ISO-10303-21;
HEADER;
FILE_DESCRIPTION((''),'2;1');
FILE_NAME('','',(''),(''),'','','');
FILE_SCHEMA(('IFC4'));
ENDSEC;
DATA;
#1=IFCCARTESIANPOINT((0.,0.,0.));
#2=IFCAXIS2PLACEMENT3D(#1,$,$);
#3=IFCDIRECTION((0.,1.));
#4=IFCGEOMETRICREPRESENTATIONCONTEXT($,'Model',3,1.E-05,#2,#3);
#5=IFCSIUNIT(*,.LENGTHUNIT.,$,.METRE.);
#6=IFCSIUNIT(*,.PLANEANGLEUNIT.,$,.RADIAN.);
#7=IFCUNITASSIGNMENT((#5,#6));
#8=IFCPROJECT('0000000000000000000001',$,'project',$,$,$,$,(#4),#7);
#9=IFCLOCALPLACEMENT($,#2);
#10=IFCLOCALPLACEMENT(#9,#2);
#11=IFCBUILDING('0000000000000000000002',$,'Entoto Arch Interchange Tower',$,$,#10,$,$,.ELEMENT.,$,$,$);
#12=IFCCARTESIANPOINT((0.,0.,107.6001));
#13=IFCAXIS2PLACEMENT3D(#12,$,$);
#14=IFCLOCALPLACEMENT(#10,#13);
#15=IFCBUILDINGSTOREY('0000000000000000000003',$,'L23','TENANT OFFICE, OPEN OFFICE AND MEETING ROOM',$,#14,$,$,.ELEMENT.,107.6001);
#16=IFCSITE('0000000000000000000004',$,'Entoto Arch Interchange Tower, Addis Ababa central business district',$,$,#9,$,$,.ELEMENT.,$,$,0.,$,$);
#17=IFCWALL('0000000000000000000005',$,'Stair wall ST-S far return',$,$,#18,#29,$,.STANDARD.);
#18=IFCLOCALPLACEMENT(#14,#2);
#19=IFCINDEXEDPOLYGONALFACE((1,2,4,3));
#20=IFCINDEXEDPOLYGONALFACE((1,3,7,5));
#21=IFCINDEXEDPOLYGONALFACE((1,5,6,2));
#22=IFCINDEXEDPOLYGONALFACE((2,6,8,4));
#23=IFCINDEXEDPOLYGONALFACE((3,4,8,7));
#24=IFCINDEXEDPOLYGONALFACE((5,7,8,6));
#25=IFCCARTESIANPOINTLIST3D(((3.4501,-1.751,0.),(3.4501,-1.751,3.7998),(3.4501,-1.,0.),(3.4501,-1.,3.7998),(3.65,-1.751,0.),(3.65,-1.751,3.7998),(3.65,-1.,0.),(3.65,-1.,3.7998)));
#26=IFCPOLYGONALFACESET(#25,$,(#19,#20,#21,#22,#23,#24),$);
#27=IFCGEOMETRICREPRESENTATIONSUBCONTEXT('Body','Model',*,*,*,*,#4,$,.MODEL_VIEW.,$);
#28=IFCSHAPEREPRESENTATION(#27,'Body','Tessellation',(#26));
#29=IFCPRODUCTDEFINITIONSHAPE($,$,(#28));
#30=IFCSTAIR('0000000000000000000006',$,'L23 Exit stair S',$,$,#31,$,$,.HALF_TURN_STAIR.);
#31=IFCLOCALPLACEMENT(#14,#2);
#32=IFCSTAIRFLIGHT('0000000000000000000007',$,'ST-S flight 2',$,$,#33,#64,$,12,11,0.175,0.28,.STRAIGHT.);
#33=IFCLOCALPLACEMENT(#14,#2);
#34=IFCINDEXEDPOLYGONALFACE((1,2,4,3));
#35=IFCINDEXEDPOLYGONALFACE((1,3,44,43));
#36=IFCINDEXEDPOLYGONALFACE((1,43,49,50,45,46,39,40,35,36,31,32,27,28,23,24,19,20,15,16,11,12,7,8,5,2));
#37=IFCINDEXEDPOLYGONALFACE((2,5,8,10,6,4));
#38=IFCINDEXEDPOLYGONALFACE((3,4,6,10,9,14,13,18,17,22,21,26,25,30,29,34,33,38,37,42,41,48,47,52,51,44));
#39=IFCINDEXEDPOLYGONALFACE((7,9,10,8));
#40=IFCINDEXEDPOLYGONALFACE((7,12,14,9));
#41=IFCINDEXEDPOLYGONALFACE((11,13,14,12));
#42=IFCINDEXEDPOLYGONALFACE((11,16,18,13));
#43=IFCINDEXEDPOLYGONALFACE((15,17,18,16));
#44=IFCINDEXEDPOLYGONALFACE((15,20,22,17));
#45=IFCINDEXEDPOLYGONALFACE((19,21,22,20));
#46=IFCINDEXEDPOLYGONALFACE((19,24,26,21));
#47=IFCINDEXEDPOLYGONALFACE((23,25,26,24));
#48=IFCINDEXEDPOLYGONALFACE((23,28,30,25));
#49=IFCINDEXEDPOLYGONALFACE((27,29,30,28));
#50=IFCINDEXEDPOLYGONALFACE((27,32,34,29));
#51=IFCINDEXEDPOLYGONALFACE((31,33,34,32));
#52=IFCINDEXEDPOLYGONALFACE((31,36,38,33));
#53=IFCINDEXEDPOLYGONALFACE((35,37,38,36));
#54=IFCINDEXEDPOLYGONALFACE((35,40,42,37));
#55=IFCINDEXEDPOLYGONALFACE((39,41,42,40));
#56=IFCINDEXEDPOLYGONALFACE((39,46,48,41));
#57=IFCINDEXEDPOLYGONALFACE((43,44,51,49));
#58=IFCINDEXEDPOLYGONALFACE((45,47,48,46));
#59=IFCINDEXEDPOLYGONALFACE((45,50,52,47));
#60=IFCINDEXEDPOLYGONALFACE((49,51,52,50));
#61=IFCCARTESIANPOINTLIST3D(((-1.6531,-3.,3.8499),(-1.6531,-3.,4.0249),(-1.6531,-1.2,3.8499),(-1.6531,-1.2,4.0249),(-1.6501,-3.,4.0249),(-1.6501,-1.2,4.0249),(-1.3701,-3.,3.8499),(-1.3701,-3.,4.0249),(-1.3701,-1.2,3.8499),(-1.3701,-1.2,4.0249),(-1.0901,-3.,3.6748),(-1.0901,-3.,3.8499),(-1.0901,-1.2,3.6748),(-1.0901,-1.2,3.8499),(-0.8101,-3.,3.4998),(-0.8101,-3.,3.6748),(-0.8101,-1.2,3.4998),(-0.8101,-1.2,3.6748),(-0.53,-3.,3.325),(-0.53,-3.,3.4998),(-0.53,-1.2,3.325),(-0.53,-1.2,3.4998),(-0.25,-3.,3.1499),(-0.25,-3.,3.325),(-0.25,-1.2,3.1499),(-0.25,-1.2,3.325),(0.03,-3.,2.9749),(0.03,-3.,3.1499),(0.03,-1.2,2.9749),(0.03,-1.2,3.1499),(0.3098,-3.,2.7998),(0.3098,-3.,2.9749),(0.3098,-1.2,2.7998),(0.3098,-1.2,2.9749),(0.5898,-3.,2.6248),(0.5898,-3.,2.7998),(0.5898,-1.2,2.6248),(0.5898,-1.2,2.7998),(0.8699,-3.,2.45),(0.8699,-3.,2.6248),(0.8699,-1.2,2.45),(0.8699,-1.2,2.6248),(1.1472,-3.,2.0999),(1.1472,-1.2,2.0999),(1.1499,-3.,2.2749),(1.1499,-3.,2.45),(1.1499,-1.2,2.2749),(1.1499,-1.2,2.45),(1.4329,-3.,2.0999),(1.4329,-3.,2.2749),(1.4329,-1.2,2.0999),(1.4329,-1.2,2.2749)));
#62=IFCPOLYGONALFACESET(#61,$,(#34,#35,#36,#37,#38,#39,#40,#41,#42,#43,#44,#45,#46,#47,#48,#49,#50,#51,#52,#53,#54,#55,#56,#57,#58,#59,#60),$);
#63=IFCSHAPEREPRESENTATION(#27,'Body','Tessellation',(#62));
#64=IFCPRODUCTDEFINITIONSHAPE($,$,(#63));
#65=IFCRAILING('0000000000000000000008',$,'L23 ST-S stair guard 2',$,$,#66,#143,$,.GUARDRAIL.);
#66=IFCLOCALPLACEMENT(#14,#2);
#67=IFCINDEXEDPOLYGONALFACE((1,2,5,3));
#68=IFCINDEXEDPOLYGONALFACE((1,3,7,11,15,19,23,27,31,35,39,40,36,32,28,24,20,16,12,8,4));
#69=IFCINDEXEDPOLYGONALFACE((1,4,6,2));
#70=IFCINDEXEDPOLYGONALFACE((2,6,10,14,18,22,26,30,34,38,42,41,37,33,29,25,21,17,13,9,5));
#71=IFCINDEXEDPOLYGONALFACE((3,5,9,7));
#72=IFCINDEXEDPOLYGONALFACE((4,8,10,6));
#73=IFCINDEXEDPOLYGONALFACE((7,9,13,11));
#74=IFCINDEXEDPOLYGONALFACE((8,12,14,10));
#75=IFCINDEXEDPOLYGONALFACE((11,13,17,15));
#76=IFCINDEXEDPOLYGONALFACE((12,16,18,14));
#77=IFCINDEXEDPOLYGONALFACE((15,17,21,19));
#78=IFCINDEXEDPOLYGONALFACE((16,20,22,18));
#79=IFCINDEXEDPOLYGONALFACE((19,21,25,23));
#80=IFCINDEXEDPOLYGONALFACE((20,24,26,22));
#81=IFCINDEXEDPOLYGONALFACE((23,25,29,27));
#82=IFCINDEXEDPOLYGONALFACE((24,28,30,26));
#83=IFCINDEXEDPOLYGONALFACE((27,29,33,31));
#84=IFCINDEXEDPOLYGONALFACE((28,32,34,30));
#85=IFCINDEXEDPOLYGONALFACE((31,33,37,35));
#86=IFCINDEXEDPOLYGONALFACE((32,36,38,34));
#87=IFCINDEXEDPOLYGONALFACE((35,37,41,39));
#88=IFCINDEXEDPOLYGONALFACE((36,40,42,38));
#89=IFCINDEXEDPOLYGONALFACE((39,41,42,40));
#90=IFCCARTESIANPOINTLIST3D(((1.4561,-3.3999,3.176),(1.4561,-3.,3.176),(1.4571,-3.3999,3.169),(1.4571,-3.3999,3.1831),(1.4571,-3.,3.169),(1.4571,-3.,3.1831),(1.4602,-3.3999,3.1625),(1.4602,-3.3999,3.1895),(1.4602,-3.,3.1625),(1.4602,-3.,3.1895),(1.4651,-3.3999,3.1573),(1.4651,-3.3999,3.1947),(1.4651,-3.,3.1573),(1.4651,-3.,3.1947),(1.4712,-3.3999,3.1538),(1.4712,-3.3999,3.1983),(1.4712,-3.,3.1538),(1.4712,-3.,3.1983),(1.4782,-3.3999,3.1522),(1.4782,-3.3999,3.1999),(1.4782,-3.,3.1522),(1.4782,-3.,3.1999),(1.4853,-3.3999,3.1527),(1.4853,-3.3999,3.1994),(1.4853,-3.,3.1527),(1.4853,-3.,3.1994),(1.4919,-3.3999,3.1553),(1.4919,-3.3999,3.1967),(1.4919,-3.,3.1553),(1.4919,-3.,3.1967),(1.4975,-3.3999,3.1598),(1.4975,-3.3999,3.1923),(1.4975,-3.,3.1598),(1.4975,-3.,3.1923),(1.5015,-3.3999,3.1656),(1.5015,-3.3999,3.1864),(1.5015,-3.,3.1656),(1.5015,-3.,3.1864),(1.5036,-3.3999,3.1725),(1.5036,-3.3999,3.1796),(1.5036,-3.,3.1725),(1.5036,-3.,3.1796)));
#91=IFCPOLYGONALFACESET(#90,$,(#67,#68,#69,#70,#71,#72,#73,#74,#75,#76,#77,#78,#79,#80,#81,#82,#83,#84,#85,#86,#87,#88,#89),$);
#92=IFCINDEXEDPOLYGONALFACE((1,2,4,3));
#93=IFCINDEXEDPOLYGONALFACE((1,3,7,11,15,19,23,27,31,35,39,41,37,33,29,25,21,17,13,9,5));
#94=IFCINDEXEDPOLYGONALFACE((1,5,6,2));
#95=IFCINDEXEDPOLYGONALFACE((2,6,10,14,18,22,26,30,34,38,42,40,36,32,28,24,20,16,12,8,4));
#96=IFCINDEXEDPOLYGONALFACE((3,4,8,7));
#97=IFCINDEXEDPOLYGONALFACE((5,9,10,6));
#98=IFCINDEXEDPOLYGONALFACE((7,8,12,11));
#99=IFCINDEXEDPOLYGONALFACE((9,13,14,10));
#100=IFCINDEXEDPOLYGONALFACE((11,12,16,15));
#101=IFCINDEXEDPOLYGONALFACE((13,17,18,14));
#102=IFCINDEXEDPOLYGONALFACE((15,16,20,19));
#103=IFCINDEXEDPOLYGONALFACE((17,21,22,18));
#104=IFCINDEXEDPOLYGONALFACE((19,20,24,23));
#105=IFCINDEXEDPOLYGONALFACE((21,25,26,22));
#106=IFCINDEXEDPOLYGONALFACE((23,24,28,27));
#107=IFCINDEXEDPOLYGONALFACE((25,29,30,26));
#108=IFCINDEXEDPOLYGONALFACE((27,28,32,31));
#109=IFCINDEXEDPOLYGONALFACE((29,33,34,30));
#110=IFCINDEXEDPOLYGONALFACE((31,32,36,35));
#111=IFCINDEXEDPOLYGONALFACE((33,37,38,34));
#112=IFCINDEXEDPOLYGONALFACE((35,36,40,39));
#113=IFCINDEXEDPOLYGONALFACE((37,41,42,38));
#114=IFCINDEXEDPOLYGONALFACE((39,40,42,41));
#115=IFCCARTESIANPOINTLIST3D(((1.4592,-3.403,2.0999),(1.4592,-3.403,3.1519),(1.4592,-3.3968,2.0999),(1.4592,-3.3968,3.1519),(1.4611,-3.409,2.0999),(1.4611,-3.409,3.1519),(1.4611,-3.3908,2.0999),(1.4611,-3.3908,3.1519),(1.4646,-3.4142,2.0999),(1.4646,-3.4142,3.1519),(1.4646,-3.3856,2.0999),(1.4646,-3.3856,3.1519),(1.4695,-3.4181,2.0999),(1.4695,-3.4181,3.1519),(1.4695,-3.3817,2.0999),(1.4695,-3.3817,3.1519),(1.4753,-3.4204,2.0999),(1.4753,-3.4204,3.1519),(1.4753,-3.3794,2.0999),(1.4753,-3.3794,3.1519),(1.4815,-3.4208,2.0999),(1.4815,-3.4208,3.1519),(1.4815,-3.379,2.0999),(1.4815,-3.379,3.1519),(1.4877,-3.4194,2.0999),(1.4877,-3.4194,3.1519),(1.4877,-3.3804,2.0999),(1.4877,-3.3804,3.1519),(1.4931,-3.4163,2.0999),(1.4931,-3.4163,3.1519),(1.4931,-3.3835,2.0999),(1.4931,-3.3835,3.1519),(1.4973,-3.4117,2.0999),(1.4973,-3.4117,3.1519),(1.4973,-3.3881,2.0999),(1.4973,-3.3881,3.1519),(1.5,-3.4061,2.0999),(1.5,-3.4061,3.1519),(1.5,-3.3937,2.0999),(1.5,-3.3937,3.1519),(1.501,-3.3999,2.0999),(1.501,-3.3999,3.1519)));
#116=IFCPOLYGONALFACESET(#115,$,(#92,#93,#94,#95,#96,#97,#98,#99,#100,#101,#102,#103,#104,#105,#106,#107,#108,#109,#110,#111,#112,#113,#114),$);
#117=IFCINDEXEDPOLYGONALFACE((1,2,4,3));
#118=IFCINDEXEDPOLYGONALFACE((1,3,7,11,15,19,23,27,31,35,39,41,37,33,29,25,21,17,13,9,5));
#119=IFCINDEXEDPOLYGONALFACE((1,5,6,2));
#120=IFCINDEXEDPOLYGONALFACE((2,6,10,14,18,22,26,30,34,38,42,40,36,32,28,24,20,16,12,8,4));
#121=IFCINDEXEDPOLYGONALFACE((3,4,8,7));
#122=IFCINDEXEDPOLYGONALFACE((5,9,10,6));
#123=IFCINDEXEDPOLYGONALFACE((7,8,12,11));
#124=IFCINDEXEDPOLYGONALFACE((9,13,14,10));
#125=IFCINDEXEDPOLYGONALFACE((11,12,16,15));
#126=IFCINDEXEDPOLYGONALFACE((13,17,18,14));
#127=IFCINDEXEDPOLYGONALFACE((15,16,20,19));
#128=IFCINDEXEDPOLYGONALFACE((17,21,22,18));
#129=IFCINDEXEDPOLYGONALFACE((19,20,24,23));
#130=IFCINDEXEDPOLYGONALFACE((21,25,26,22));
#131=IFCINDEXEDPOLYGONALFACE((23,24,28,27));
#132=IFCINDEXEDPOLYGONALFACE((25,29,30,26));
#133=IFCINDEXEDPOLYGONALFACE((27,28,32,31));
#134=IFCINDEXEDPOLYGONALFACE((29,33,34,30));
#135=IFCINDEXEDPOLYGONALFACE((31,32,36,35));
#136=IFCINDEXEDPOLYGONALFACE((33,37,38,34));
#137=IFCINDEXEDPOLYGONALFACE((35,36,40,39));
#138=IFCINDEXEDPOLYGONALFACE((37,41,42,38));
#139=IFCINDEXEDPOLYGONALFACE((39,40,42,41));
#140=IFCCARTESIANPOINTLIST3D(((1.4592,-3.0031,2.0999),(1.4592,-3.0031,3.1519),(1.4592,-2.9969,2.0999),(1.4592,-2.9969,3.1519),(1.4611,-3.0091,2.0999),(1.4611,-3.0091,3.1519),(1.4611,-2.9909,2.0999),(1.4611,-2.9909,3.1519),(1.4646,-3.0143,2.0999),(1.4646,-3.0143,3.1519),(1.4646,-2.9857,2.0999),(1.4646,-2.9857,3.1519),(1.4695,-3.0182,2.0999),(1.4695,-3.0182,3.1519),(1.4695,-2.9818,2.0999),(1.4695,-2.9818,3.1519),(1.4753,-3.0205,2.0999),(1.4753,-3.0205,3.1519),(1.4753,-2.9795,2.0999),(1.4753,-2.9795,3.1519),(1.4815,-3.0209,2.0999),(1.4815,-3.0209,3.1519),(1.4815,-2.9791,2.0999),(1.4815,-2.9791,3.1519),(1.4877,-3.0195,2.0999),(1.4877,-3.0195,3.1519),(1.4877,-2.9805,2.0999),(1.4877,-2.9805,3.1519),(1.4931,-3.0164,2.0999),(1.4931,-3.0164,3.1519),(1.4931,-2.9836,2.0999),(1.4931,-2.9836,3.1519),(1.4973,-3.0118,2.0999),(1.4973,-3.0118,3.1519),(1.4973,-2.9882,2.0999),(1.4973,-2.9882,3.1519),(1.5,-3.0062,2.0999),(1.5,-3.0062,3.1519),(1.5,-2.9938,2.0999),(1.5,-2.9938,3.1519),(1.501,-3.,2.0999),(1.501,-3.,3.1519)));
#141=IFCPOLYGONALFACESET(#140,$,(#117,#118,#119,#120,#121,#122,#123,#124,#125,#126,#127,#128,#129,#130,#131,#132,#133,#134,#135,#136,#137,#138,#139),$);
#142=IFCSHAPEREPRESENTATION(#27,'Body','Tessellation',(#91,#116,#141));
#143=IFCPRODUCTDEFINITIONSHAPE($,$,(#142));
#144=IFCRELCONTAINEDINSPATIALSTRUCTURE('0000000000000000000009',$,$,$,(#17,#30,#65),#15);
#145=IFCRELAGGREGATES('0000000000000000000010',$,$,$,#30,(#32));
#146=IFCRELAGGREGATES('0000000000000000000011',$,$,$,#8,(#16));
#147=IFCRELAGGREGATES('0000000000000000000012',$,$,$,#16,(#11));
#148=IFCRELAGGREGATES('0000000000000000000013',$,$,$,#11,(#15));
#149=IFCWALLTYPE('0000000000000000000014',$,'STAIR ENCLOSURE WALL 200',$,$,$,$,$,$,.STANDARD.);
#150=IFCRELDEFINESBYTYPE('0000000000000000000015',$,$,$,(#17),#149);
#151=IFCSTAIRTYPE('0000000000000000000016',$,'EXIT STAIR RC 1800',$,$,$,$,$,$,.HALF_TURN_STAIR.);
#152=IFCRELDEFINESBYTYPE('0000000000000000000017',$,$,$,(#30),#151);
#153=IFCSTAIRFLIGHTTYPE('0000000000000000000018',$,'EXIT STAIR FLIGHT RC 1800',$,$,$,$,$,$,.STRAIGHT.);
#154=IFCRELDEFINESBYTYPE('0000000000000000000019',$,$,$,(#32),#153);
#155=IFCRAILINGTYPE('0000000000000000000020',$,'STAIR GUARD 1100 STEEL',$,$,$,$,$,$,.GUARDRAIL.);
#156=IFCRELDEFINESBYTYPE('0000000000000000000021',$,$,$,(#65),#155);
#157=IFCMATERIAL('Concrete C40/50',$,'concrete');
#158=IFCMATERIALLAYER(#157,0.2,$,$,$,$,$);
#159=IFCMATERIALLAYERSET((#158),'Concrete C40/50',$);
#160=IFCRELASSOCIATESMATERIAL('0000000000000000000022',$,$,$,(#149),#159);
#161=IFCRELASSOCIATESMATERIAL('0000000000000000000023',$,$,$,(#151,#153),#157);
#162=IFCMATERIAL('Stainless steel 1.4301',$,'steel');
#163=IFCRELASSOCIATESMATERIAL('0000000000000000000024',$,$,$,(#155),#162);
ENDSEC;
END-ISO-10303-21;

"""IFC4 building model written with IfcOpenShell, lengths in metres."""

from ifc_helpers import new_model, si_unit, direction, frame, frame_2d, origin, origin_2d, place, context, subcontext, project, spatial, polyline, rectangle, circle, outline, extrude, material, layer, layer_set, type_object, element, aggregate, save


model = new_model("IFC4")

# Units and contexts
model_context = context("Model", 3, precision=1e-05, world=origin(), true_north=direction((0.0, 1.0)))
body_context = subcontext(model_context, "Body", "Model", "MODEL_VIEW")
ifc_project = project(units=[si_unit("LENGTHUNIT", "METRE"), si_unit("PLANEANGLEUNIT", "RADIAN")], contexts=[model_context])

# Site, building, storey
site_placement = place(None, origin())
site = spatial("IfcSite", under=ifc_project, at=site_placement, Name="Entoto Arch Interchange Tower, Addis Ababa central business district", CompositionType="ELEMENT", RefElevation=0.0)
building_placement = place(site_placement, origin())
building = spatial("IfcBuilding", under=site, at=building_placement, Name="Entoto Arch Interchange Tower", CompositionType="ELEMENT")
storey_placement = place(building_placement, frame((0.0, 0.0, 107.6001)))
storey = spatial("IfcBuildingStorey", under=building, at=storey_placement, Name="L23", Description="TENANT OFFICE, OPEN OFFICE AND MEETING ROOM", CompositionType="ELEMENT", Elevation=107.6001)

# Shared definitions
ifc_material_1 = material(Name="Concrete C40/50", Category="concrete")

# Wall
ifc_layer_1 = layer(ifc_material_1, 0.2)
ifc_layer_set_1 = layer_set([ifc_layer_1], Name="Concrete C40/50")
wall_type_1 = type_object("IfcWallType", Name="STAIR ENCLOSURE WALL 200", PredefinedType="STANDARD", material=ifc_layer_set_1)
wall_1_placement = place(storey_placement, frame((3.55, -1.0, 0.0), z_axis=(0.0, 0.0, 1.0), x_axis=(0.0, -1.0, 0.0)))
element("IfcWall", 1, at=wall_1_placement, inside=storey, type_object=wall_type_1, Name="Stair wall ST-S far return", PredefinedType="STANDARD", context=body_context, shape_type="SweptSolid", body=[
    extrude(rectangle(XDim=0.751, YDim=0.2, at=frame_2d((0.3755, 0.0))), origin(), (0.0, 0.0, 1.0), 3.7998),
])

# Stair, stair flight
stair_type = type_object("IfcStairType", Name="EXIT STAIR RC 1800", PredefinedType="HALF_TURN_STAIR", material=ifc_material_1)
stair_placement = place(storey_placement, origin())
stair = element("IfcStair", 2, at=stair_placement, inside=storey, type_object=stair_type, Name="L23 Exit stair S", PredefinedType="HALF_TURN_STAIR")
stair_flight_type = type_object("IfcStairFlightType", Name="EXIT STAIR FLIGHT RC 1800", PredefinedType="STRAIGHT", material=ifc_material_1)
stair_flight_placement = place(storey_placement, frame((1.4299, -2.1001, 2.0999), z_axis=(0.0, 0.0, 1.0), x_axis=(-1.0, 0.0, 0.0)))
stair_flight = element("IfcStairFlight", 3, at=stair_flight_placement, type_object=stair_flight_type, Name="ST-S flight 2", NumberOfRisers=12, NumberOfTreads=11, PredefinedType="STRAIGHT", RiserHeight=0.175, TreadLength=0.28, context=body_context, shape_type="SweptSolid", body=[
    extrude(outline(polyline([(-0.0029, 0.0), (-0.0029, 0.175), (0.28, 0.175), (0.28, 0.3501), (0.5601, 0.3501), (0.5601, 0.5249), (0.8401, 0.5249), (0.8401, 0.7), (1.1201, 0.7), (1.1201, 0.875), (1.3999, 0.875), (1.3999, 1.05), (1.6799, 1.05), (1.6799, 1.2251), (1.96, 1.2251), (1.96, 1.3999), (2.24, 1.3999), (2.24, 1.575), (2.52, 1.575), (2.52, 1.75), (2.8, 1.75), (2.8, 1.925), (3.0801, 1.925), (3.083, 1.925), (3.083, 1.75), (0.2827, 0.0), (-0.0029, 0.0)])), frame((0.0, 0.8999, 0.0), z_axis=(0.0, -1.0, 0.0), x_axis=(1.0, 0.0, 0.0)), (0.0, 0.0, 1.0), 1.8),
])
aggregate(stair, [stair_flight])

# Railing
ifc_material_2 = material(Name="Stainless steel 1.4301", Category="steel")
railing_type_1 = type_object("IfcRailingType", Name="STAIR GUARD 1100 STEEL", PredefinedType="GUARDRAIL", material=ifc_material_2)
railing_1_placement = place(storey_placement, frame((1.48, -3.3999, 2.0999)))
element("IfcRailing", 4, at=railing_1_placement, inside=storey, type_object=railing_type_1, Name="L23 ST-S stair guard 2", PredefinedType="GUARDRAIL", context=body_context, shape_type="SweptSolid", body=[
    extrude(circle(Radius=0.0239, at=origin_2d()), frame((0.0, 0.0, 1.0762), z_axis=(0.0, 1.0, 0.0), x_axis=(-1.0, 0.0, 0.0)), (0.0, 0.0, 1.0), 0.3999),
    extrude(circle(Radius=0.021, at=origin_2d()), origin(), (0.0, 0.0, 1.0), 1.052),
    extrude(circle(Radius=0.021, at=origin_2d()), frame((0.0, 0.3999, 0.0)), (0.0, 0.0, 1.0), 1.052),
])

save(model, "model.ifc")
